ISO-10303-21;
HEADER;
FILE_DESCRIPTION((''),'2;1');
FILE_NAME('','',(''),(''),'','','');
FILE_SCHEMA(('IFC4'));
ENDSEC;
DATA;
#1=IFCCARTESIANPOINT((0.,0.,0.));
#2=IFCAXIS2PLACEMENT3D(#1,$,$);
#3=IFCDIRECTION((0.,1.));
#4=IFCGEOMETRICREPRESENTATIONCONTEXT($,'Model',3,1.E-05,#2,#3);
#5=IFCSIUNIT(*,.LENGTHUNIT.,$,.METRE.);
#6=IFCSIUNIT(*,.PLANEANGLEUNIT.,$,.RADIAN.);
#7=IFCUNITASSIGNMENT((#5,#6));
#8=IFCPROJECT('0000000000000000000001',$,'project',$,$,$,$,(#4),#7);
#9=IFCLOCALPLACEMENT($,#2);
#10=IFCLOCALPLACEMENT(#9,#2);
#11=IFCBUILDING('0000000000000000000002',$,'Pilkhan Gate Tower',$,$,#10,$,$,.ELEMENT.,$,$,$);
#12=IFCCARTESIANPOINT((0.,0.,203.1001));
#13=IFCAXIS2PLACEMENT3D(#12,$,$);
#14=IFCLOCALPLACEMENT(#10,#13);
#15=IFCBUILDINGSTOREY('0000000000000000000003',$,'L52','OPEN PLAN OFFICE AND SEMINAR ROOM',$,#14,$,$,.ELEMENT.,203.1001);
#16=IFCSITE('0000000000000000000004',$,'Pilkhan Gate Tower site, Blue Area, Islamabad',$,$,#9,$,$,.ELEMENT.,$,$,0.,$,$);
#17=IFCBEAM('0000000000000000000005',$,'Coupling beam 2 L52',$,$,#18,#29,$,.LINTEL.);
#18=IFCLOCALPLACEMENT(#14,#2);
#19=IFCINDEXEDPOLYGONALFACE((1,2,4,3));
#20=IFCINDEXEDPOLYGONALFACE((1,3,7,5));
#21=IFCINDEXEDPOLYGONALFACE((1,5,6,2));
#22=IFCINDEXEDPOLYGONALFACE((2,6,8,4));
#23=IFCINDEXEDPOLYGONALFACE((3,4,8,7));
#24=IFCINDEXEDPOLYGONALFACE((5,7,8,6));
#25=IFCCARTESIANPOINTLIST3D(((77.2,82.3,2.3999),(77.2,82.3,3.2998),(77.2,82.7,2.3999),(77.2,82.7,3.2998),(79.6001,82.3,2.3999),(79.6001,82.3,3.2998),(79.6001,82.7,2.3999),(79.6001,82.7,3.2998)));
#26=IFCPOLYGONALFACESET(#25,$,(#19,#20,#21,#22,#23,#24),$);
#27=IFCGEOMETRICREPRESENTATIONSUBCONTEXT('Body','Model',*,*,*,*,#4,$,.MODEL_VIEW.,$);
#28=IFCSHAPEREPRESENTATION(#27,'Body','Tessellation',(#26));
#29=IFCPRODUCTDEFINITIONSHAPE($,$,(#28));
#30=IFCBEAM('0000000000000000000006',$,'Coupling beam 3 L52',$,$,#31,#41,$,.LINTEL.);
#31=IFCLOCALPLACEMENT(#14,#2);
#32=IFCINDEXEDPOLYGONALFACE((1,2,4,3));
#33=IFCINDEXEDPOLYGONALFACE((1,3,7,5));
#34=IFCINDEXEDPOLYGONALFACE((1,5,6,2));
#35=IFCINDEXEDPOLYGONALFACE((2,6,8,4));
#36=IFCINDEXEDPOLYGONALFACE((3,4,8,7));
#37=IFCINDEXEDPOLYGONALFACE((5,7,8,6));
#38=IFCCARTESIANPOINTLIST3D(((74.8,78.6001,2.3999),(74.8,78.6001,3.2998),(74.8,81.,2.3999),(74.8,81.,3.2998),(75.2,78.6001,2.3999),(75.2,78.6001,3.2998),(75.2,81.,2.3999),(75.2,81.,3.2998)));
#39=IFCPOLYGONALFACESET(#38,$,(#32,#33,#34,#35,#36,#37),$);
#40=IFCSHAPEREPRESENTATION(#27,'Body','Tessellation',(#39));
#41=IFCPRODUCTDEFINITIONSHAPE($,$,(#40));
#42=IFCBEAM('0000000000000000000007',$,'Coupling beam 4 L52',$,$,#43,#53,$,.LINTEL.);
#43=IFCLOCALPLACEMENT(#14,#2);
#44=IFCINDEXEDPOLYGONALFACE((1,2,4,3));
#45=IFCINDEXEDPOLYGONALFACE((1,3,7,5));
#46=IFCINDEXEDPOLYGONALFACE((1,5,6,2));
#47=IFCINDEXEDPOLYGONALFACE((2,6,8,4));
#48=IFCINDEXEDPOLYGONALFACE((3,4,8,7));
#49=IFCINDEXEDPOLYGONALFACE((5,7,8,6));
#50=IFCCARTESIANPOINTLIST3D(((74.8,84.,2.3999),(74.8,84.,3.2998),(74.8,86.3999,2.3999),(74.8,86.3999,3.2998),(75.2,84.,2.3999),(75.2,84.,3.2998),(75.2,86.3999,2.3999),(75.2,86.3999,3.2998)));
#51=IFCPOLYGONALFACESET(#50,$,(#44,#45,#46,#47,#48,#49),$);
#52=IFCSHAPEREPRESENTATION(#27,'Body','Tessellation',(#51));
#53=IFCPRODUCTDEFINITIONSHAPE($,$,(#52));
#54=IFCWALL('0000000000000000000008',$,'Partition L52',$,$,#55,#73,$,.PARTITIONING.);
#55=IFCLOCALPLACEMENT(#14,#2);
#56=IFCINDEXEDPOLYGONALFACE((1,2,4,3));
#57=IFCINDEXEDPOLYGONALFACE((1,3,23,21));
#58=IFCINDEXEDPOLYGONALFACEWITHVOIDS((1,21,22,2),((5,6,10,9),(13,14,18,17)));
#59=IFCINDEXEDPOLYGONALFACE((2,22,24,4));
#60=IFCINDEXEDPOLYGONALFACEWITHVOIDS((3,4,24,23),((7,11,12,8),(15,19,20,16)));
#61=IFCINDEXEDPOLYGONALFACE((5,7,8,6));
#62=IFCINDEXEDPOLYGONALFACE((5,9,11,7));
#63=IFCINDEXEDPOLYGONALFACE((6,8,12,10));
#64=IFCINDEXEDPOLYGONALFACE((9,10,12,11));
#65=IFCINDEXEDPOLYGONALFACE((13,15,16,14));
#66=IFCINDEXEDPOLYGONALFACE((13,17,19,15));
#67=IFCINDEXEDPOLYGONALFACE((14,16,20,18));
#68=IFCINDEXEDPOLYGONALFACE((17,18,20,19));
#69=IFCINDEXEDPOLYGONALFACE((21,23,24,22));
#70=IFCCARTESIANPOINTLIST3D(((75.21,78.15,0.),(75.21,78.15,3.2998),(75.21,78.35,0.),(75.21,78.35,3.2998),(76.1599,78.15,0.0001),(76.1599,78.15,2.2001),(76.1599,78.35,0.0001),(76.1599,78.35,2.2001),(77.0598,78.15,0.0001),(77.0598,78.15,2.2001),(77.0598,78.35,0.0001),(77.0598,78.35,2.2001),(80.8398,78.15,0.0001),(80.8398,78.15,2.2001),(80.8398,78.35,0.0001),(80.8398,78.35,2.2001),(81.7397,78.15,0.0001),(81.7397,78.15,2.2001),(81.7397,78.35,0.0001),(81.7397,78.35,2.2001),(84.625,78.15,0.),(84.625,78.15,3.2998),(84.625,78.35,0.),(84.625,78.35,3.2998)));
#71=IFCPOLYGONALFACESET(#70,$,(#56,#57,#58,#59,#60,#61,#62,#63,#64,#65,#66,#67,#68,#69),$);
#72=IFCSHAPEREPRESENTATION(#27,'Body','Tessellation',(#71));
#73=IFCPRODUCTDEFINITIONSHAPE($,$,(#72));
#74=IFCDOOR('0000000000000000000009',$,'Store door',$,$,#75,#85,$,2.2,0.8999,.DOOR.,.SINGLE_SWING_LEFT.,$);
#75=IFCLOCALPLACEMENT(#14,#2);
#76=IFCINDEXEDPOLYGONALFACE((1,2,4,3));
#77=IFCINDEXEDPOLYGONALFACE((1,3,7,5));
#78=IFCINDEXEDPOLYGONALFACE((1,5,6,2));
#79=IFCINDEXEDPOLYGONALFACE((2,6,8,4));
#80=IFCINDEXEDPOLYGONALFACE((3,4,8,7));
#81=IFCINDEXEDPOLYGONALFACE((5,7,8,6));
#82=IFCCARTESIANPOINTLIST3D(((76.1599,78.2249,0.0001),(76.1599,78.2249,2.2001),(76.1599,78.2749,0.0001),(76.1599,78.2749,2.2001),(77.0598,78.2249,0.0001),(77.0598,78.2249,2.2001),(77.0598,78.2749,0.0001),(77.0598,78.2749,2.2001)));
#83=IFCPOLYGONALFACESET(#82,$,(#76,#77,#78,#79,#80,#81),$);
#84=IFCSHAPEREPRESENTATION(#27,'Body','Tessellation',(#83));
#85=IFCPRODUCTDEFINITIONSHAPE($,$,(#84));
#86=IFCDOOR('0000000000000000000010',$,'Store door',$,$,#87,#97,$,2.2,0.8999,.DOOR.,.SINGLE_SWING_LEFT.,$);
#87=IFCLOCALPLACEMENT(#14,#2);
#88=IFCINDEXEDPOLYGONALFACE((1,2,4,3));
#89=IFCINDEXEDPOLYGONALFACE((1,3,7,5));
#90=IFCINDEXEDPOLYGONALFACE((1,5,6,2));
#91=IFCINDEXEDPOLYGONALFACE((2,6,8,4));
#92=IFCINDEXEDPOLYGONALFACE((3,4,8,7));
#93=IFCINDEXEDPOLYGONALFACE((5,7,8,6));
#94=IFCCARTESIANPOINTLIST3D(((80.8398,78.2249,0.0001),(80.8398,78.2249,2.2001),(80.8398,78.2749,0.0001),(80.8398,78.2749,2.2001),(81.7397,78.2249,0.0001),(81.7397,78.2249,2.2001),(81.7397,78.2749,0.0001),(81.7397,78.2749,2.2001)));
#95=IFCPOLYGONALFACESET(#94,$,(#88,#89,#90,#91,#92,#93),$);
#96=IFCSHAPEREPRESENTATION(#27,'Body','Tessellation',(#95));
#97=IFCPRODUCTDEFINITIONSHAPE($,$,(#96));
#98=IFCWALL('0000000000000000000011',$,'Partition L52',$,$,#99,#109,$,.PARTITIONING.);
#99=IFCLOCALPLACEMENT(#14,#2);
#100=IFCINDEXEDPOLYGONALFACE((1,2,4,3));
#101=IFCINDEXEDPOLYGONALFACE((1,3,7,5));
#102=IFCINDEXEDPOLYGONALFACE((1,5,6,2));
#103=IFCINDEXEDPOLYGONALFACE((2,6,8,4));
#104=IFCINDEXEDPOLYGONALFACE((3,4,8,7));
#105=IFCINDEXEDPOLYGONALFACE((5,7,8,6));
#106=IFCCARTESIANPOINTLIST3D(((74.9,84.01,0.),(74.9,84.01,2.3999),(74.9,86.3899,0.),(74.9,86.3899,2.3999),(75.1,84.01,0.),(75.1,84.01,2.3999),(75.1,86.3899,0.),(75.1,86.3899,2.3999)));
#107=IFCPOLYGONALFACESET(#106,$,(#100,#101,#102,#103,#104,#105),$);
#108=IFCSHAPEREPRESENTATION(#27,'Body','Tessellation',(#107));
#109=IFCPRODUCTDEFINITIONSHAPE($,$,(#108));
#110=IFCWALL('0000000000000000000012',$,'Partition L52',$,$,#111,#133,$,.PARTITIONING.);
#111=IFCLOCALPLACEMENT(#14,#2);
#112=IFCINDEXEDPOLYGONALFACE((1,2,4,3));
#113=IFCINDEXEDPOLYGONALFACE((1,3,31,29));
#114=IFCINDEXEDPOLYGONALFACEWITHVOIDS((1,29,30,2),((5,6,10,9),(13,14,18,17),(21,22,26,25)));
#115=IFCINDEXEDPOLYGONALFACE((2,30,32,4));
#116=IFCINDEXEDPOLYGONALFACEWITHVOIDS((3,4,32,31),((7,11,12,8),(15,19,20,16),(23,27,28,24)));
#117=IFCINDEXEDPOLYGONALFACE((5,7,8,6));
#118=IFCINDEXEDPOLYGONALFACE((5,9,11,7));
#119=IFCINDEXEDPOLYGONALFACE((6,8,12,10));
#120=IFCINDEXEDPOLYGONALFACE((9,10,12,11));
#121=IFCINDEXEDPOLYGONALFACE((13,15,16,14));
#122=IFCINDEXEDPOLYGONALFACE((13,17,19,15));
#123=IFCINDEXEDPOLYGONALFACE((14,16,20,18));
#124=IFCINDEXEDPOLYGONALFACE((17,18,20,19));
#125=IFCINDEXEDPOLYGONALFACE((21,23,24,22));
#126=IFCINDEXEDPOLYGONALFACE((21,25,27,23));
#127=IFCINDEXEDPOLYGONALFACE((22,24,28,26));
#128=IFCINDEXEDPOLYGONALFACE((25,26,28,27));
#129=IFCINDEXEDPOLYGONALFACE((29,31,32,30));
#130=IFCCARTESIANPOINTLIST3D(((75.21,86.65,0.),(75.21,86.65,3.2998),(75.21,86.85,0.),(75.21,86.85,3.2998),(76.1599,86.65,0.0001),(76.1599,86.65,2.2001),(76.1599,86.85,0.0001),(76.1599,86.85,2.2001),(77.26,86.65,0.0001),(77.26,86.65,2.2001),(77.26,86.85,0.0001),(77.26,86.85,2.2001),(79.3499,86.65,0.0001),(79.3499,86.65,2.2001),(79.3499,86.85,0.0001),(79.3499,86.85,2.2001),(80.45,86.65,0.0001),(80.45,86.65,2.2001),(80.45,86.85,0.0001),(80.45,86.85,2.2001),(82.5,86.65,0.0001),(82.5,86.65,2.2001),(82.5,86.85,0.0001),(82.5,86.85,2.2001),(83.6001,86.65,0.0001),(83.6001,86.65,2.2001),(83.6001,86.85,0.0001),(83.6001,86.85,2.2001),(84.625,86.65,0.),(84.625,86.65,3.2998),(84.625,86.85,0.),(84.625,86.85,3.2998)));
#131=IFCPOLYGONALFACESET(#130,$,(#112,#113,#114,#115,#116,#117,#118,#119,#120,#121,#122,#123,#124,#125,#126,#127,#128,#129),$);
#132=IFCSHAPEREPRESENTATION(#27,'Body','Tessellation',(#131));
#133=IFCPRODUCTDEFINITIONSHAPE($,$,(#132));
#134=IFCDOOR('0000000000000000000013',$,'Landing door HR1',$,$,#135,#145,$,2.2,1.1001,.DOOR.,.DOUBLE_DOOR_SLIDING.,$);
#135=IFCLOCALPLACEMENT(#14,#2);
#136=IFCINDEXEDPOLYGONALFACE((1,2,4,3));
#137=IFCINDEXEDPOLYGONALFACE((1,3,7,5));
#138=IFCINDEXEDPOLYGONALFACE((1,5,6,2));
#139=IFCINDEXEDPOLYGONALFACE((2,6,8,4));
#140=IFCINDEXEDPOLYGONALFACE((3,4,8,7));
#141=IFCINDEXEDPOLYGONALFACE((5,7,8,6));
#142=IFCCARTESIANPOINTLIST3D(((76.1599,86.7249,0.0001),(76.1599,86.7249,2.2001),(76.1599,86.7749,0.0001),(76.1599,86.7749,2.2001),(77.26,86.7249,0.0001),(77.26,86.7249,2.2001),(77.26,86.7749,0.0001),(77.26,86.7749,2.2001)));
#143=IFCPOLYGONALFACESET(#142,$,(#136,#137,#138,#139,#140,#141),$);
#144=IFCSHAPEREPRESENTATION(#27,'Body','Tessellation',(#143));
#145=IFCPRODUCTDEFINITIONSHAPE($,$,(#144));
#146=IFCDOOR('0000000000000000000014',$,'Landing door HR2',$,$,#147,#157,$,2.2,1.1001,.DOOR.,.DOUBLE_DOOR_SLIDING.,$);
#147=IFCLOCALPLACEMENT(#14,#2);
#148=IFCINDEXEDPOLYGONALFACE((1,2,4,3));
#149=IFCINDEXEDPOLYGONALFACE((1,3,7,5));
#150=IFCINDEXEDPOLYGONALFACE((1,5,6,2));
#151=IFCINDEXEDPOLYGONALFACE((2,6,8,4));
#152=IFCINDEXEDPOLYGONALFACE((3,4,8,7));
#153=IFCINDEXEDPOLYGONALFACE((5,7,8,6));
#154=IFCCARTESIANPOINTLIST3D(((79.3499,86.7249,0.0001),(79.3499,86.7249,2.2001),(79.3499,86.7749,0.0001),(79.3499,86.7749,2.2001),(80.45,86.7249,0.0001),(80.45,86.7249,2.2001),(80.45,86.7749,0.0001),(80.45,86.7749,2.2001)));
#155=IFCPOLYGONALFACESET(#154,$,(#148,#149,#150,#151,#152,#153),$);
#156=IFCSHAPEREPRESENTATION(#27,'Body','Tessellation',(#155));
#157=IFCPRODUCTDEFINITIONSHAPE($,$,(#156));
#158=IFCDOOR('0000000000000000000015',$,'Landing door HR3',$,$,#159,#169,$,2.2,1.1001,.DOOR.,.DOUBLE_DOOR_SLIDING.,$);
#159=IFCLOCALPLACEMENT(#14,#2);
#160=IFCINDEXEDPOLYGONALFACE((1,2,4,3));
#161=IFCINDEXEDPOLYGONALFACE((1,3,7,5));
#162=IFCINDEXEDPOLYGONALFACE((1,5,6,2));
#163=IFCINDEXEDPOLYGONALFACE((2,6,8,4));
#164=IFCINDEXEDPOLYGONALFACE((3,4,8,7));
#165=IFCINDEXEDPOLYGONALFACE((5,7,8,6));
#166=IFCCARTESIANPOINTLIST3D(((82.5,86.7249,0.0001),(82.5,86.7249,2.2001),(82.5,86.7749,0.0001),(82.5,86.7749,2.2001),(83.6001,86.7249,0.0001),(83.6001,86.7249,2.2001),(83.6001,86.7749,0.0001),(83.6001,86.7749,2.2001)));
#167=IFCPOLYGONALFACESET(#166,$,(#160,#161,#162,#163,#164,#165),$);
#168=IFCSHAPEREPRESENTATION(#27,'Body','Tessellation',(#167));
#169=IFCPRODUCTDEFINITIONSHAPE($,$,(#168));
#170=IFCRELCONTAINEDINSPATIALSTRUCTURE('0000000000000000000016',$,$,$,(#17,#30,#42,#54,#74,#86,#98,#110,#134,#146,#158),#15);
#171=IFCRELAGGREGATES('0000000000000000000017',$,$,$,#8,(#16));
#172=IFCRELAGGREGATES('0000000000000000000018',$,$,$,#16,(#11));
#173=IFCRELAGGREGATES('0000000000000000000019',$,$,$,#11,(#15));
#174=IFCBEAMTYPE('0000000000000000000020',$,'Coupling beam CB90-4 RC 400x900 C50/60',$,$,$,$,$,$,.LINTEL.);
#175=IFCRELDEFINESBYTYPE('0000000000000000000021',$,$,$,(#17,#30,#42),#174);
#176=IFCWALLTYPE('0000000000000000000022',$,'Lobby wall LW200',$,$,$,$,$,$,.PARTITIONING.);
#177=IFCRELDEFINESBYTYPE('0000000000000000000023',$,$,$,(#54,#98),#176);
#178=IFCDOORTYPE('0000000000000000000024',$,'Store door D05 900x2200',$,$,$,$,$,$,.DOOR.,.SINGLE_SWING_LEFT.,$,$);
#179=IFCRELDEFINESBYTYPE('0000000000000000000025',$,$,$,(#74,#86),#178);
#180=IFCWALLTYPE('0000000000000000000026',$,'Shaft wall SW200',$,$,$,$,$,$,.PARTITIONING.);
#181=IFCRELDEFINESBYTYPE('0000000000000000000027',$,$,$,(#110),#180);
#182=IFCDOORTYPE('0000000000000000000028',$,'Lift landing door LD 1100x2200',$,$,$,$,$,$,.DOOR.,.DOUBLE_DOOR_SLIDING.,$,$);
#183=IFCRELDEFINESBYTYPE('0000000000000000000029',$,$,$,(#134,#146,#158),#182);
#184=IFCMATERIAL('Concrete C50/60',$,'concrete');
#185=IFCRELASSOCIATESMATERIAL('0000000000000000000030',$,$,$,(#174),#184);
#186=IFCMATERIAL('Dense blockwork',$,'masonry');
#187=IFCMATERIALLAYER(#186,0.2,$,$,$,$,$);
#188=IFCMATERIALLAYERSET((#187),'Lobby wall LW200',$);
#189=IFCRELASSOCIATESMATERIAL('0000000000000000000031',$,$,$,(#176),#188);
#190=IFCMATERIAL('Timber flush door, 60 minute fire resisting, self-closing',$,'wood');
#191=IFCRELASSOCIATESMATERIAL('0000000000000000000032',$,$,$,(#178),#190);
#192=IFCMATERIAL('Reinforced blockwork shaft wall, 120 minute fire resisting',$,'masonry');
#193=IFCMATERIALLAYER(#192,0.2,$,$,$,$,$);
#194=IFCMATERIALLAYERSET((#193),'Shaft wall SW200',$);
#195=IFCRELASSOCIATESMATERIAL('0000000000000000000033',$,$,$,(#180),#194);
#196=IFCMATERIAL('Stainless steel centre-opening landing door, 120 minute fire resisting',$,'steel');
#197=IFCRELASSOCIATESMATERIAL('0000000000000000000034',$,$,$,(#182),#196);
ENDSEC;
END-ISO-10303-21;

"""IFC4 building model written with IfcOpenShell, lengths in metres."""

from ifc_helpers import new_model, si_unit, direction, frame, frame_2d, origin, origin_2d, place, context, subcontext, project, spatial, rectangle, extrude, material, layer, layer_set, material_profile, profile_set, type_object, element, fill, save


model = new_model("IFC4")

# Units and contexts
model_context = context("Model", 3, precision=1e-05, world=origin(), true_north=direction((0.0, 1.0)))
body_context = subcontext(model_context, "Body", "Model", "MODEL_VIEW")
ifc_project = project(units=[si_unit("LENGTHUNIT", "METRE"), si_unit("PLANEANGLEUNIT", "RADIAN")], contexts=[model_context])

# Site, building, storey
site_placement = place(None, origin())
site = spatial("IfcSite", under=ifc_project, at=site_placement, Name="Pilkhan Gate Tower site, Blue Area, Islamabad", CompositionType="ELEMENT", RefElevation=0.0)
building_placement = place(site_placement, origin())
building = spatial("IfcBuilding", under=site, at=building_placement, Name="Pilkhan Gate Tower", CompositionType="ELEMENT")
storey_placement = place(building_placement, frame((0.0, 0.0, 203.1001)))
storey = spatial("IfcBuildingStorey", under=building, at=storey_placement, Name="L52", Description="OPEN PLAN OFFICE AND SEMINAR ROOM", CompositionType="ELEMENT", Elevation=203.1001)

# Beams
ifc_material_1 = material(Name="Concrete C50/60", Category="concrete")
ifc_material_profile = material_profile(ifc_material_1, rectangle(XDim=0.3999, YDim=0.8999, at=origin_2d()), Name="RC 400x900")
ifc_profile_set = profile_set([ifc_material_profile], Name="Concrete C50/60")
beam_type = type_object("IfcBeamType", Name="Coupling beam CB90-4 RC 400x900 C50/60", PredefinedType="LINTEL", material=ifc_profile_set)
beam_placement = place(storey_placement, frame((77.2, 82.5, 2.8499), z_axis=(1.0, 0.0, 0.0), x_axis=(0.0, 1.0, 0.0)))
element("IfcBeam", 1, at=beam_placement, inside=storey, type_object=beam_type, Name="Coupling beam 2 L52", PredefinedType="LINTEL", context=body_context, shape_type="SweptSolid", body=[
    extrude(rectangle(XDim=0.3999, YDim=0.8999, at=origin_2d()), origin(), (0.0, 0.0, 1.0), 2.4001),
])
for number, where, z_axis, x_axis, name in (
    (2, (75.0, 78.6001, 2.8499), (0.0, 1.0, 0.0), (-1.0, 0.0, 0.0), "Coupling beam 3 L52"),
    (3, (75.0, 84.0, 2.8499), (0.0, 1.0, 0.0), (-1.0, 0.0, 0.0), "Coupling beam 4 L52"),
):
    element("IfcBeam", number, at=place(storey_placement, frame(where, z_axis=z_axis, x_axis=x_axis)), inside=storey, type_object=beam_type, Name=name, PredefinedType="LINTEL", context=body_context, shape_type="SweptSolid", body=[
        extrude(rectangle(XDim=0.3999, YDim=0.8999, at=origin_2d()), origin(), (0.0, 0.0, 1.0), 2.3999),
    ])

# Wall, openings, doors
ifc_material_2 = material(Name="Dense blockwork", Category="masonry")
ifc_layer_1 = layer(ifc_material_2, 0.2)
ifc_layer_set_1 = layer_set([ifc_layer_1], Name="Lobby wall LW200")
wall_type_1 = type_object("IfcWallType", Name="Lobby wall LW200", PredefinedType="PARTITIONING", material=ifc_layer_set_1)
wall_1_placement = place(storey_placement, frame((75.21, 78.25, 0.0), z_axis=(0.0, 0.0, 1.0), x_axis=(1.0, 0.0, 0.0)))
wall_1 = element("IfcWall", 4, at=wall_1_placement, inside=storey, type_object=wall_type_1, Name="Partition L52", PredefinedType="PARTITIONING", context=body_context, shape_type="SweptSolid", body=[
    extrude(rectangle(XDim=9.415, YDim=0.2, at=frame_2d((4.7075, 0.0))), origin(), (0.0, 0.0, 1.0), 3.2998),
])
opening_1_placement = place(wall_1_placement, frame((0.95, 0.0, 0.0)))
opening_1 = element("IfcOpeningElement", 5, at=opening_1_placement, cuts=wall_1, PredefinedType="OPENING", context=body_context, shape_type="SweptSolid", body=[
    extrude(rectangle(XDim=0.8999, YDim=2.2, at=frame_2d((0.45, 1.1001))), frame((0.0, 0.1099, 0.0), z_axis=(0.0, -1.0, 0.0), x_axis=(1.0, 0.0, 0.0)), (0.0, 0.0, 1.0), 0.22),
])
opening_2_placement = place(wall_1_placement, frame((5.6299, 0.0, 0.0)))
opening_2 = element("IfcOpeningElement", 6, at=opening_2_placement, cuts=wall_1, PredefinedType="OPENING", context=body_context, shape_type="SweptSolid", body=[
    extrude(rectangle(XDim=0.8999, YDim=2.2, at=frame_2d((0.45, 1.1001))), frame((0.0, 0.1099, 0.0), z_axis=(0.0, -1.0, 0.0), x_axis=(1.0, 0.0, 0.0)), (0.0, 0.0, 1.0), 0.22),
])
ifc_material_3 = material(Name="Timber flush door, 60 minute fire resisting, self-closing", Category="wood")
door_type_1 = type_object("IfcDoorType", Name="Store door D05 900x2200", OperationType="SINGLE_SWING_LEFT", PredefinedType="DOOR", material=ifc_material_3)
door_1_placement = place(opening_1_placement, origin())
door_1 = element("IfcDoor", 7, at=door_1_placement, inside=storey, type_object=door_type_1, Name="Store door", OperationType="SINGLE_SWING_LEFT", OverallHeight=2.2, OverallWidth=0.8999, PredefinedType="DOOR", context=body_context, shape_type="SweptSolid", body=[
    extrude(rectangle(XDim=0.8999, YDim=2.2, at=frame_2d((0.45, 1.1001))), frame((0.0, 0.0249, 0.0), z_axis=(0.0, -1.0, 0.0), x_axis=(1.0, 0.0, 0.0)), (0.0, 0.0, 1.0), 0.05),
])
fill(opening_1, door_1)
door_2_placement = place(opening_2_placement, origin())
door_2 = element("IfcDoor", 8, at=door_2_placement, inside=storey, type_object=door_type_1, Name="Store door", OperationType="SINGLE_SWING_LEFT", OverallHeight=2.2, OverallWidth=0.8999, PredefinedType="DOOR", context=body_context, shape_type="SweptSolid", body=[
    extrude(rectangle(XDim=0.8999, YDim=2.2, at=frame_2d((0.45, 1.1001))), frame((0.0, 0.0249, 0.0), z_axis=(0.0, -1.0, 0.0), x_axis=(1.0, 0.0, 0.0)), (0.0, 0.0, 1.0), 0.05),
])
fill(opening_2, door_2)

# Wall
wall_2_placement = place(storey_placement, frame((75.0, 84.01, 0.0), z_axis=(0.0, 0.0, 1.0), x_axis=(0.0, 1.0, 0.0)))
element("IfcWall", 9, at=wall_2_placement, inside=storey, type_object=wall_type_1, Name="Partition L52", PredefinedType="PARTITIONING", context=body_context, shape_type="SweptSolid", body=[
    extrude(rectangle(XDim=2.3799, YDim=0.2, at=frame_2d((1.1899, 0.0))), origin(), (0.0, 0.0, 1.0), 2.3999),
])

# Wall, openings, doors
ifc_material_4 = material(Name="Reinforced blockwork shaft wall, 120 minute fire resisting", Category="masonry")
ifc_layer_2 = layer(ifc_material_4, 0.2)
ifc_layer_set_2 = layer_set([ifc_layer_2], Name="Shaft wall SW200")
wall_type_2 = type_object("IfcWallType", Name="Shaft wall SW200", PredefinedType="PARTITIONING", material=ifc_layer_set_2)
wall_3_placement = place(storey_placement, frame((75.21, 86.75, 0.0), z_axis=(0.0, 0.0, 1.0), x_axis=(1.0, 0.0, 0.0)))
wall_3 = element("IfcWall", 10, at=wall_3_placement, inside=storey, type_object=wall_type_2, Name="Partition L52", PredefinedType="PARTITIONING", context=body_context, shape_type="SweptSolid", body=[
    extrude(rectangle(XDim=9.415, YDim=0.2, at=frame_2d((4.7075, 0.0))), origin(), (0.0, 0.0, 1.0), 3.2998),
])
opening_3_placement = place(wall_3_placement, frame((0.95, 0.0, 0.0)))
opening_3 = element("IfcOpeningElement", 11, at=opening_3_placement, cuts=wall_3, PredefinedType="OPENING", context=body_context, shape_type="SweptSolid", body=[
    extrude(rectangle(XDim=1.1001, YDim=2.2, at=frame_2d((0.55, 1.1001))), frame((0.0, 0.1099, 0.0), z_axis=(0.0, -1.0, 0.0), x_axis=(1.0, 0.0, 0.0)), (0.0, 0.0, 1.0), 0.22),
])
opening_4_placement = place(wall_3_placement, frame((4.1399, 0.0, 0.0)))
opening_4 = element("IfcOpeningElement", 12, at=opening_4_placement, cuts=wall_3, PredefinedType="OPENING", context=body_context, shape_type="SweptSolid", body=[
    extrude(rectangle(XDim=1.1001, YDim=2.2, at=frame_2d((0.55, 1.1001))), frame((0.0, 0.1099, 0.0), z_axis=(0.0, -1.0, 0.0), x_axis=(1.0, 0.0, 0.0)), (0.0, 0.0, 1.0), 0.22),
])
opening_5_placement = place(wall_3_placement, frame((7.29, 0.0, 0.0)))
opening_5 = element("IfcOpeningElement", 13, at=opening_5_placement, cuts=wall_3, PredefinedType="OPENING", context=body_context, shape_type="SweptSolid", body=[
    extrude(rectangle(XDim=1.1001, YDim=2.2, at=frame_2d((0.55, 1.1001))), frame((0.0, 0.1099, 0.0), z_axis=(0.0, -1.0, 0.0), x_axis=(1.0, 0.0, 0.0)), (0.0, 0.0, 1.0), 0.22),
])
ifc_material_5 = material(Name="Stainless steel centre-opening landing door, 120 minute fire resisting", Category="steel")
door_type_2 = type_object("IfcDoorType", Name="Lift landing door LD 1100x2200", OperationType="DOUBLE_DOOR_SLIDING", PredefinedType="DOOR", material=ifc_material_5)
door_3_placement = place(opening_3_placement, origin())
door_3 = element("IfcDoor", 14, at=door_3_placement, inside=storey, type_object=door_type_2, Name="Landing door HR1", OperationType="DOUBLE_DOOR_SLIDING", OverallHeight=2.2, OverallWidth=1.1001, PredefinedType="DOOR", context=body_context, shape_type="SweptSolid", body=[
    extrude(rectangle(XDim=1.1001, YDim=2.2, at=frame_2d((0.55, 1.1001))), frame((0.0, 0.0249, 0.0), z_axis=(0.0, -1.0, 0.0), x_axis=(1.0, 0.0, 0.0)), (0.0, 0.0, 1.0), 0.05),
])
fill(opening_3, door_3)
door_4_placement = place(opening_4_placement, origin())
door_4 = element("IfcDoor", 15, at=door_4_placement, inside=storey, type_object=door_type_2, Name="Landing door HR2", OperationType="DOUBLE_DOOR_SLIDING", OverallHeight=2.2, OverallWidth=1.1001, PredefinedType="DOOR", context=body_context, shape_type="SweptSolid", body=[
    extrude(rectangle(XDim=1.1001, YDim=2.2, at=frame_2d((0.55, 1.1001))), frame((0.0, 0.0249, 0.0), z_axis=(0.0, -1.0, 0.0), x_axis=(1.0, 0.0, 0.0)), (0.0, 0.0, 1.0), 0.05),
])
fill(opening_4, door_4)
door_5_placement = place(opening_5_placement, origin())
door_5 = element("IfcDoor", 16, at=door_5_placement, inside=storey, type_object=door_type_2, Name="Landing door HR3", OperationType="DOUBLE_DOOR_SLIDING", OverallHeight=2.2, OverallWidth=1.1001, PredefinedType="DOOR", context=body_context, shape_type="SweptSolid", body=[
    extrude(rectangle(XDim=1.1001, YDim=2.2, at=frame_2d((0.55, 1.1001))), frame((0.0, 0.0249, 0.0), z_axis=(0.0, -1.0, 0.0), x_axis=(1.0, 0.0, 0.0)), (0.0, 0.0, 1.0), 0.05),
])
fill(opening_5, door_5)

save(model, "model.ifc")
